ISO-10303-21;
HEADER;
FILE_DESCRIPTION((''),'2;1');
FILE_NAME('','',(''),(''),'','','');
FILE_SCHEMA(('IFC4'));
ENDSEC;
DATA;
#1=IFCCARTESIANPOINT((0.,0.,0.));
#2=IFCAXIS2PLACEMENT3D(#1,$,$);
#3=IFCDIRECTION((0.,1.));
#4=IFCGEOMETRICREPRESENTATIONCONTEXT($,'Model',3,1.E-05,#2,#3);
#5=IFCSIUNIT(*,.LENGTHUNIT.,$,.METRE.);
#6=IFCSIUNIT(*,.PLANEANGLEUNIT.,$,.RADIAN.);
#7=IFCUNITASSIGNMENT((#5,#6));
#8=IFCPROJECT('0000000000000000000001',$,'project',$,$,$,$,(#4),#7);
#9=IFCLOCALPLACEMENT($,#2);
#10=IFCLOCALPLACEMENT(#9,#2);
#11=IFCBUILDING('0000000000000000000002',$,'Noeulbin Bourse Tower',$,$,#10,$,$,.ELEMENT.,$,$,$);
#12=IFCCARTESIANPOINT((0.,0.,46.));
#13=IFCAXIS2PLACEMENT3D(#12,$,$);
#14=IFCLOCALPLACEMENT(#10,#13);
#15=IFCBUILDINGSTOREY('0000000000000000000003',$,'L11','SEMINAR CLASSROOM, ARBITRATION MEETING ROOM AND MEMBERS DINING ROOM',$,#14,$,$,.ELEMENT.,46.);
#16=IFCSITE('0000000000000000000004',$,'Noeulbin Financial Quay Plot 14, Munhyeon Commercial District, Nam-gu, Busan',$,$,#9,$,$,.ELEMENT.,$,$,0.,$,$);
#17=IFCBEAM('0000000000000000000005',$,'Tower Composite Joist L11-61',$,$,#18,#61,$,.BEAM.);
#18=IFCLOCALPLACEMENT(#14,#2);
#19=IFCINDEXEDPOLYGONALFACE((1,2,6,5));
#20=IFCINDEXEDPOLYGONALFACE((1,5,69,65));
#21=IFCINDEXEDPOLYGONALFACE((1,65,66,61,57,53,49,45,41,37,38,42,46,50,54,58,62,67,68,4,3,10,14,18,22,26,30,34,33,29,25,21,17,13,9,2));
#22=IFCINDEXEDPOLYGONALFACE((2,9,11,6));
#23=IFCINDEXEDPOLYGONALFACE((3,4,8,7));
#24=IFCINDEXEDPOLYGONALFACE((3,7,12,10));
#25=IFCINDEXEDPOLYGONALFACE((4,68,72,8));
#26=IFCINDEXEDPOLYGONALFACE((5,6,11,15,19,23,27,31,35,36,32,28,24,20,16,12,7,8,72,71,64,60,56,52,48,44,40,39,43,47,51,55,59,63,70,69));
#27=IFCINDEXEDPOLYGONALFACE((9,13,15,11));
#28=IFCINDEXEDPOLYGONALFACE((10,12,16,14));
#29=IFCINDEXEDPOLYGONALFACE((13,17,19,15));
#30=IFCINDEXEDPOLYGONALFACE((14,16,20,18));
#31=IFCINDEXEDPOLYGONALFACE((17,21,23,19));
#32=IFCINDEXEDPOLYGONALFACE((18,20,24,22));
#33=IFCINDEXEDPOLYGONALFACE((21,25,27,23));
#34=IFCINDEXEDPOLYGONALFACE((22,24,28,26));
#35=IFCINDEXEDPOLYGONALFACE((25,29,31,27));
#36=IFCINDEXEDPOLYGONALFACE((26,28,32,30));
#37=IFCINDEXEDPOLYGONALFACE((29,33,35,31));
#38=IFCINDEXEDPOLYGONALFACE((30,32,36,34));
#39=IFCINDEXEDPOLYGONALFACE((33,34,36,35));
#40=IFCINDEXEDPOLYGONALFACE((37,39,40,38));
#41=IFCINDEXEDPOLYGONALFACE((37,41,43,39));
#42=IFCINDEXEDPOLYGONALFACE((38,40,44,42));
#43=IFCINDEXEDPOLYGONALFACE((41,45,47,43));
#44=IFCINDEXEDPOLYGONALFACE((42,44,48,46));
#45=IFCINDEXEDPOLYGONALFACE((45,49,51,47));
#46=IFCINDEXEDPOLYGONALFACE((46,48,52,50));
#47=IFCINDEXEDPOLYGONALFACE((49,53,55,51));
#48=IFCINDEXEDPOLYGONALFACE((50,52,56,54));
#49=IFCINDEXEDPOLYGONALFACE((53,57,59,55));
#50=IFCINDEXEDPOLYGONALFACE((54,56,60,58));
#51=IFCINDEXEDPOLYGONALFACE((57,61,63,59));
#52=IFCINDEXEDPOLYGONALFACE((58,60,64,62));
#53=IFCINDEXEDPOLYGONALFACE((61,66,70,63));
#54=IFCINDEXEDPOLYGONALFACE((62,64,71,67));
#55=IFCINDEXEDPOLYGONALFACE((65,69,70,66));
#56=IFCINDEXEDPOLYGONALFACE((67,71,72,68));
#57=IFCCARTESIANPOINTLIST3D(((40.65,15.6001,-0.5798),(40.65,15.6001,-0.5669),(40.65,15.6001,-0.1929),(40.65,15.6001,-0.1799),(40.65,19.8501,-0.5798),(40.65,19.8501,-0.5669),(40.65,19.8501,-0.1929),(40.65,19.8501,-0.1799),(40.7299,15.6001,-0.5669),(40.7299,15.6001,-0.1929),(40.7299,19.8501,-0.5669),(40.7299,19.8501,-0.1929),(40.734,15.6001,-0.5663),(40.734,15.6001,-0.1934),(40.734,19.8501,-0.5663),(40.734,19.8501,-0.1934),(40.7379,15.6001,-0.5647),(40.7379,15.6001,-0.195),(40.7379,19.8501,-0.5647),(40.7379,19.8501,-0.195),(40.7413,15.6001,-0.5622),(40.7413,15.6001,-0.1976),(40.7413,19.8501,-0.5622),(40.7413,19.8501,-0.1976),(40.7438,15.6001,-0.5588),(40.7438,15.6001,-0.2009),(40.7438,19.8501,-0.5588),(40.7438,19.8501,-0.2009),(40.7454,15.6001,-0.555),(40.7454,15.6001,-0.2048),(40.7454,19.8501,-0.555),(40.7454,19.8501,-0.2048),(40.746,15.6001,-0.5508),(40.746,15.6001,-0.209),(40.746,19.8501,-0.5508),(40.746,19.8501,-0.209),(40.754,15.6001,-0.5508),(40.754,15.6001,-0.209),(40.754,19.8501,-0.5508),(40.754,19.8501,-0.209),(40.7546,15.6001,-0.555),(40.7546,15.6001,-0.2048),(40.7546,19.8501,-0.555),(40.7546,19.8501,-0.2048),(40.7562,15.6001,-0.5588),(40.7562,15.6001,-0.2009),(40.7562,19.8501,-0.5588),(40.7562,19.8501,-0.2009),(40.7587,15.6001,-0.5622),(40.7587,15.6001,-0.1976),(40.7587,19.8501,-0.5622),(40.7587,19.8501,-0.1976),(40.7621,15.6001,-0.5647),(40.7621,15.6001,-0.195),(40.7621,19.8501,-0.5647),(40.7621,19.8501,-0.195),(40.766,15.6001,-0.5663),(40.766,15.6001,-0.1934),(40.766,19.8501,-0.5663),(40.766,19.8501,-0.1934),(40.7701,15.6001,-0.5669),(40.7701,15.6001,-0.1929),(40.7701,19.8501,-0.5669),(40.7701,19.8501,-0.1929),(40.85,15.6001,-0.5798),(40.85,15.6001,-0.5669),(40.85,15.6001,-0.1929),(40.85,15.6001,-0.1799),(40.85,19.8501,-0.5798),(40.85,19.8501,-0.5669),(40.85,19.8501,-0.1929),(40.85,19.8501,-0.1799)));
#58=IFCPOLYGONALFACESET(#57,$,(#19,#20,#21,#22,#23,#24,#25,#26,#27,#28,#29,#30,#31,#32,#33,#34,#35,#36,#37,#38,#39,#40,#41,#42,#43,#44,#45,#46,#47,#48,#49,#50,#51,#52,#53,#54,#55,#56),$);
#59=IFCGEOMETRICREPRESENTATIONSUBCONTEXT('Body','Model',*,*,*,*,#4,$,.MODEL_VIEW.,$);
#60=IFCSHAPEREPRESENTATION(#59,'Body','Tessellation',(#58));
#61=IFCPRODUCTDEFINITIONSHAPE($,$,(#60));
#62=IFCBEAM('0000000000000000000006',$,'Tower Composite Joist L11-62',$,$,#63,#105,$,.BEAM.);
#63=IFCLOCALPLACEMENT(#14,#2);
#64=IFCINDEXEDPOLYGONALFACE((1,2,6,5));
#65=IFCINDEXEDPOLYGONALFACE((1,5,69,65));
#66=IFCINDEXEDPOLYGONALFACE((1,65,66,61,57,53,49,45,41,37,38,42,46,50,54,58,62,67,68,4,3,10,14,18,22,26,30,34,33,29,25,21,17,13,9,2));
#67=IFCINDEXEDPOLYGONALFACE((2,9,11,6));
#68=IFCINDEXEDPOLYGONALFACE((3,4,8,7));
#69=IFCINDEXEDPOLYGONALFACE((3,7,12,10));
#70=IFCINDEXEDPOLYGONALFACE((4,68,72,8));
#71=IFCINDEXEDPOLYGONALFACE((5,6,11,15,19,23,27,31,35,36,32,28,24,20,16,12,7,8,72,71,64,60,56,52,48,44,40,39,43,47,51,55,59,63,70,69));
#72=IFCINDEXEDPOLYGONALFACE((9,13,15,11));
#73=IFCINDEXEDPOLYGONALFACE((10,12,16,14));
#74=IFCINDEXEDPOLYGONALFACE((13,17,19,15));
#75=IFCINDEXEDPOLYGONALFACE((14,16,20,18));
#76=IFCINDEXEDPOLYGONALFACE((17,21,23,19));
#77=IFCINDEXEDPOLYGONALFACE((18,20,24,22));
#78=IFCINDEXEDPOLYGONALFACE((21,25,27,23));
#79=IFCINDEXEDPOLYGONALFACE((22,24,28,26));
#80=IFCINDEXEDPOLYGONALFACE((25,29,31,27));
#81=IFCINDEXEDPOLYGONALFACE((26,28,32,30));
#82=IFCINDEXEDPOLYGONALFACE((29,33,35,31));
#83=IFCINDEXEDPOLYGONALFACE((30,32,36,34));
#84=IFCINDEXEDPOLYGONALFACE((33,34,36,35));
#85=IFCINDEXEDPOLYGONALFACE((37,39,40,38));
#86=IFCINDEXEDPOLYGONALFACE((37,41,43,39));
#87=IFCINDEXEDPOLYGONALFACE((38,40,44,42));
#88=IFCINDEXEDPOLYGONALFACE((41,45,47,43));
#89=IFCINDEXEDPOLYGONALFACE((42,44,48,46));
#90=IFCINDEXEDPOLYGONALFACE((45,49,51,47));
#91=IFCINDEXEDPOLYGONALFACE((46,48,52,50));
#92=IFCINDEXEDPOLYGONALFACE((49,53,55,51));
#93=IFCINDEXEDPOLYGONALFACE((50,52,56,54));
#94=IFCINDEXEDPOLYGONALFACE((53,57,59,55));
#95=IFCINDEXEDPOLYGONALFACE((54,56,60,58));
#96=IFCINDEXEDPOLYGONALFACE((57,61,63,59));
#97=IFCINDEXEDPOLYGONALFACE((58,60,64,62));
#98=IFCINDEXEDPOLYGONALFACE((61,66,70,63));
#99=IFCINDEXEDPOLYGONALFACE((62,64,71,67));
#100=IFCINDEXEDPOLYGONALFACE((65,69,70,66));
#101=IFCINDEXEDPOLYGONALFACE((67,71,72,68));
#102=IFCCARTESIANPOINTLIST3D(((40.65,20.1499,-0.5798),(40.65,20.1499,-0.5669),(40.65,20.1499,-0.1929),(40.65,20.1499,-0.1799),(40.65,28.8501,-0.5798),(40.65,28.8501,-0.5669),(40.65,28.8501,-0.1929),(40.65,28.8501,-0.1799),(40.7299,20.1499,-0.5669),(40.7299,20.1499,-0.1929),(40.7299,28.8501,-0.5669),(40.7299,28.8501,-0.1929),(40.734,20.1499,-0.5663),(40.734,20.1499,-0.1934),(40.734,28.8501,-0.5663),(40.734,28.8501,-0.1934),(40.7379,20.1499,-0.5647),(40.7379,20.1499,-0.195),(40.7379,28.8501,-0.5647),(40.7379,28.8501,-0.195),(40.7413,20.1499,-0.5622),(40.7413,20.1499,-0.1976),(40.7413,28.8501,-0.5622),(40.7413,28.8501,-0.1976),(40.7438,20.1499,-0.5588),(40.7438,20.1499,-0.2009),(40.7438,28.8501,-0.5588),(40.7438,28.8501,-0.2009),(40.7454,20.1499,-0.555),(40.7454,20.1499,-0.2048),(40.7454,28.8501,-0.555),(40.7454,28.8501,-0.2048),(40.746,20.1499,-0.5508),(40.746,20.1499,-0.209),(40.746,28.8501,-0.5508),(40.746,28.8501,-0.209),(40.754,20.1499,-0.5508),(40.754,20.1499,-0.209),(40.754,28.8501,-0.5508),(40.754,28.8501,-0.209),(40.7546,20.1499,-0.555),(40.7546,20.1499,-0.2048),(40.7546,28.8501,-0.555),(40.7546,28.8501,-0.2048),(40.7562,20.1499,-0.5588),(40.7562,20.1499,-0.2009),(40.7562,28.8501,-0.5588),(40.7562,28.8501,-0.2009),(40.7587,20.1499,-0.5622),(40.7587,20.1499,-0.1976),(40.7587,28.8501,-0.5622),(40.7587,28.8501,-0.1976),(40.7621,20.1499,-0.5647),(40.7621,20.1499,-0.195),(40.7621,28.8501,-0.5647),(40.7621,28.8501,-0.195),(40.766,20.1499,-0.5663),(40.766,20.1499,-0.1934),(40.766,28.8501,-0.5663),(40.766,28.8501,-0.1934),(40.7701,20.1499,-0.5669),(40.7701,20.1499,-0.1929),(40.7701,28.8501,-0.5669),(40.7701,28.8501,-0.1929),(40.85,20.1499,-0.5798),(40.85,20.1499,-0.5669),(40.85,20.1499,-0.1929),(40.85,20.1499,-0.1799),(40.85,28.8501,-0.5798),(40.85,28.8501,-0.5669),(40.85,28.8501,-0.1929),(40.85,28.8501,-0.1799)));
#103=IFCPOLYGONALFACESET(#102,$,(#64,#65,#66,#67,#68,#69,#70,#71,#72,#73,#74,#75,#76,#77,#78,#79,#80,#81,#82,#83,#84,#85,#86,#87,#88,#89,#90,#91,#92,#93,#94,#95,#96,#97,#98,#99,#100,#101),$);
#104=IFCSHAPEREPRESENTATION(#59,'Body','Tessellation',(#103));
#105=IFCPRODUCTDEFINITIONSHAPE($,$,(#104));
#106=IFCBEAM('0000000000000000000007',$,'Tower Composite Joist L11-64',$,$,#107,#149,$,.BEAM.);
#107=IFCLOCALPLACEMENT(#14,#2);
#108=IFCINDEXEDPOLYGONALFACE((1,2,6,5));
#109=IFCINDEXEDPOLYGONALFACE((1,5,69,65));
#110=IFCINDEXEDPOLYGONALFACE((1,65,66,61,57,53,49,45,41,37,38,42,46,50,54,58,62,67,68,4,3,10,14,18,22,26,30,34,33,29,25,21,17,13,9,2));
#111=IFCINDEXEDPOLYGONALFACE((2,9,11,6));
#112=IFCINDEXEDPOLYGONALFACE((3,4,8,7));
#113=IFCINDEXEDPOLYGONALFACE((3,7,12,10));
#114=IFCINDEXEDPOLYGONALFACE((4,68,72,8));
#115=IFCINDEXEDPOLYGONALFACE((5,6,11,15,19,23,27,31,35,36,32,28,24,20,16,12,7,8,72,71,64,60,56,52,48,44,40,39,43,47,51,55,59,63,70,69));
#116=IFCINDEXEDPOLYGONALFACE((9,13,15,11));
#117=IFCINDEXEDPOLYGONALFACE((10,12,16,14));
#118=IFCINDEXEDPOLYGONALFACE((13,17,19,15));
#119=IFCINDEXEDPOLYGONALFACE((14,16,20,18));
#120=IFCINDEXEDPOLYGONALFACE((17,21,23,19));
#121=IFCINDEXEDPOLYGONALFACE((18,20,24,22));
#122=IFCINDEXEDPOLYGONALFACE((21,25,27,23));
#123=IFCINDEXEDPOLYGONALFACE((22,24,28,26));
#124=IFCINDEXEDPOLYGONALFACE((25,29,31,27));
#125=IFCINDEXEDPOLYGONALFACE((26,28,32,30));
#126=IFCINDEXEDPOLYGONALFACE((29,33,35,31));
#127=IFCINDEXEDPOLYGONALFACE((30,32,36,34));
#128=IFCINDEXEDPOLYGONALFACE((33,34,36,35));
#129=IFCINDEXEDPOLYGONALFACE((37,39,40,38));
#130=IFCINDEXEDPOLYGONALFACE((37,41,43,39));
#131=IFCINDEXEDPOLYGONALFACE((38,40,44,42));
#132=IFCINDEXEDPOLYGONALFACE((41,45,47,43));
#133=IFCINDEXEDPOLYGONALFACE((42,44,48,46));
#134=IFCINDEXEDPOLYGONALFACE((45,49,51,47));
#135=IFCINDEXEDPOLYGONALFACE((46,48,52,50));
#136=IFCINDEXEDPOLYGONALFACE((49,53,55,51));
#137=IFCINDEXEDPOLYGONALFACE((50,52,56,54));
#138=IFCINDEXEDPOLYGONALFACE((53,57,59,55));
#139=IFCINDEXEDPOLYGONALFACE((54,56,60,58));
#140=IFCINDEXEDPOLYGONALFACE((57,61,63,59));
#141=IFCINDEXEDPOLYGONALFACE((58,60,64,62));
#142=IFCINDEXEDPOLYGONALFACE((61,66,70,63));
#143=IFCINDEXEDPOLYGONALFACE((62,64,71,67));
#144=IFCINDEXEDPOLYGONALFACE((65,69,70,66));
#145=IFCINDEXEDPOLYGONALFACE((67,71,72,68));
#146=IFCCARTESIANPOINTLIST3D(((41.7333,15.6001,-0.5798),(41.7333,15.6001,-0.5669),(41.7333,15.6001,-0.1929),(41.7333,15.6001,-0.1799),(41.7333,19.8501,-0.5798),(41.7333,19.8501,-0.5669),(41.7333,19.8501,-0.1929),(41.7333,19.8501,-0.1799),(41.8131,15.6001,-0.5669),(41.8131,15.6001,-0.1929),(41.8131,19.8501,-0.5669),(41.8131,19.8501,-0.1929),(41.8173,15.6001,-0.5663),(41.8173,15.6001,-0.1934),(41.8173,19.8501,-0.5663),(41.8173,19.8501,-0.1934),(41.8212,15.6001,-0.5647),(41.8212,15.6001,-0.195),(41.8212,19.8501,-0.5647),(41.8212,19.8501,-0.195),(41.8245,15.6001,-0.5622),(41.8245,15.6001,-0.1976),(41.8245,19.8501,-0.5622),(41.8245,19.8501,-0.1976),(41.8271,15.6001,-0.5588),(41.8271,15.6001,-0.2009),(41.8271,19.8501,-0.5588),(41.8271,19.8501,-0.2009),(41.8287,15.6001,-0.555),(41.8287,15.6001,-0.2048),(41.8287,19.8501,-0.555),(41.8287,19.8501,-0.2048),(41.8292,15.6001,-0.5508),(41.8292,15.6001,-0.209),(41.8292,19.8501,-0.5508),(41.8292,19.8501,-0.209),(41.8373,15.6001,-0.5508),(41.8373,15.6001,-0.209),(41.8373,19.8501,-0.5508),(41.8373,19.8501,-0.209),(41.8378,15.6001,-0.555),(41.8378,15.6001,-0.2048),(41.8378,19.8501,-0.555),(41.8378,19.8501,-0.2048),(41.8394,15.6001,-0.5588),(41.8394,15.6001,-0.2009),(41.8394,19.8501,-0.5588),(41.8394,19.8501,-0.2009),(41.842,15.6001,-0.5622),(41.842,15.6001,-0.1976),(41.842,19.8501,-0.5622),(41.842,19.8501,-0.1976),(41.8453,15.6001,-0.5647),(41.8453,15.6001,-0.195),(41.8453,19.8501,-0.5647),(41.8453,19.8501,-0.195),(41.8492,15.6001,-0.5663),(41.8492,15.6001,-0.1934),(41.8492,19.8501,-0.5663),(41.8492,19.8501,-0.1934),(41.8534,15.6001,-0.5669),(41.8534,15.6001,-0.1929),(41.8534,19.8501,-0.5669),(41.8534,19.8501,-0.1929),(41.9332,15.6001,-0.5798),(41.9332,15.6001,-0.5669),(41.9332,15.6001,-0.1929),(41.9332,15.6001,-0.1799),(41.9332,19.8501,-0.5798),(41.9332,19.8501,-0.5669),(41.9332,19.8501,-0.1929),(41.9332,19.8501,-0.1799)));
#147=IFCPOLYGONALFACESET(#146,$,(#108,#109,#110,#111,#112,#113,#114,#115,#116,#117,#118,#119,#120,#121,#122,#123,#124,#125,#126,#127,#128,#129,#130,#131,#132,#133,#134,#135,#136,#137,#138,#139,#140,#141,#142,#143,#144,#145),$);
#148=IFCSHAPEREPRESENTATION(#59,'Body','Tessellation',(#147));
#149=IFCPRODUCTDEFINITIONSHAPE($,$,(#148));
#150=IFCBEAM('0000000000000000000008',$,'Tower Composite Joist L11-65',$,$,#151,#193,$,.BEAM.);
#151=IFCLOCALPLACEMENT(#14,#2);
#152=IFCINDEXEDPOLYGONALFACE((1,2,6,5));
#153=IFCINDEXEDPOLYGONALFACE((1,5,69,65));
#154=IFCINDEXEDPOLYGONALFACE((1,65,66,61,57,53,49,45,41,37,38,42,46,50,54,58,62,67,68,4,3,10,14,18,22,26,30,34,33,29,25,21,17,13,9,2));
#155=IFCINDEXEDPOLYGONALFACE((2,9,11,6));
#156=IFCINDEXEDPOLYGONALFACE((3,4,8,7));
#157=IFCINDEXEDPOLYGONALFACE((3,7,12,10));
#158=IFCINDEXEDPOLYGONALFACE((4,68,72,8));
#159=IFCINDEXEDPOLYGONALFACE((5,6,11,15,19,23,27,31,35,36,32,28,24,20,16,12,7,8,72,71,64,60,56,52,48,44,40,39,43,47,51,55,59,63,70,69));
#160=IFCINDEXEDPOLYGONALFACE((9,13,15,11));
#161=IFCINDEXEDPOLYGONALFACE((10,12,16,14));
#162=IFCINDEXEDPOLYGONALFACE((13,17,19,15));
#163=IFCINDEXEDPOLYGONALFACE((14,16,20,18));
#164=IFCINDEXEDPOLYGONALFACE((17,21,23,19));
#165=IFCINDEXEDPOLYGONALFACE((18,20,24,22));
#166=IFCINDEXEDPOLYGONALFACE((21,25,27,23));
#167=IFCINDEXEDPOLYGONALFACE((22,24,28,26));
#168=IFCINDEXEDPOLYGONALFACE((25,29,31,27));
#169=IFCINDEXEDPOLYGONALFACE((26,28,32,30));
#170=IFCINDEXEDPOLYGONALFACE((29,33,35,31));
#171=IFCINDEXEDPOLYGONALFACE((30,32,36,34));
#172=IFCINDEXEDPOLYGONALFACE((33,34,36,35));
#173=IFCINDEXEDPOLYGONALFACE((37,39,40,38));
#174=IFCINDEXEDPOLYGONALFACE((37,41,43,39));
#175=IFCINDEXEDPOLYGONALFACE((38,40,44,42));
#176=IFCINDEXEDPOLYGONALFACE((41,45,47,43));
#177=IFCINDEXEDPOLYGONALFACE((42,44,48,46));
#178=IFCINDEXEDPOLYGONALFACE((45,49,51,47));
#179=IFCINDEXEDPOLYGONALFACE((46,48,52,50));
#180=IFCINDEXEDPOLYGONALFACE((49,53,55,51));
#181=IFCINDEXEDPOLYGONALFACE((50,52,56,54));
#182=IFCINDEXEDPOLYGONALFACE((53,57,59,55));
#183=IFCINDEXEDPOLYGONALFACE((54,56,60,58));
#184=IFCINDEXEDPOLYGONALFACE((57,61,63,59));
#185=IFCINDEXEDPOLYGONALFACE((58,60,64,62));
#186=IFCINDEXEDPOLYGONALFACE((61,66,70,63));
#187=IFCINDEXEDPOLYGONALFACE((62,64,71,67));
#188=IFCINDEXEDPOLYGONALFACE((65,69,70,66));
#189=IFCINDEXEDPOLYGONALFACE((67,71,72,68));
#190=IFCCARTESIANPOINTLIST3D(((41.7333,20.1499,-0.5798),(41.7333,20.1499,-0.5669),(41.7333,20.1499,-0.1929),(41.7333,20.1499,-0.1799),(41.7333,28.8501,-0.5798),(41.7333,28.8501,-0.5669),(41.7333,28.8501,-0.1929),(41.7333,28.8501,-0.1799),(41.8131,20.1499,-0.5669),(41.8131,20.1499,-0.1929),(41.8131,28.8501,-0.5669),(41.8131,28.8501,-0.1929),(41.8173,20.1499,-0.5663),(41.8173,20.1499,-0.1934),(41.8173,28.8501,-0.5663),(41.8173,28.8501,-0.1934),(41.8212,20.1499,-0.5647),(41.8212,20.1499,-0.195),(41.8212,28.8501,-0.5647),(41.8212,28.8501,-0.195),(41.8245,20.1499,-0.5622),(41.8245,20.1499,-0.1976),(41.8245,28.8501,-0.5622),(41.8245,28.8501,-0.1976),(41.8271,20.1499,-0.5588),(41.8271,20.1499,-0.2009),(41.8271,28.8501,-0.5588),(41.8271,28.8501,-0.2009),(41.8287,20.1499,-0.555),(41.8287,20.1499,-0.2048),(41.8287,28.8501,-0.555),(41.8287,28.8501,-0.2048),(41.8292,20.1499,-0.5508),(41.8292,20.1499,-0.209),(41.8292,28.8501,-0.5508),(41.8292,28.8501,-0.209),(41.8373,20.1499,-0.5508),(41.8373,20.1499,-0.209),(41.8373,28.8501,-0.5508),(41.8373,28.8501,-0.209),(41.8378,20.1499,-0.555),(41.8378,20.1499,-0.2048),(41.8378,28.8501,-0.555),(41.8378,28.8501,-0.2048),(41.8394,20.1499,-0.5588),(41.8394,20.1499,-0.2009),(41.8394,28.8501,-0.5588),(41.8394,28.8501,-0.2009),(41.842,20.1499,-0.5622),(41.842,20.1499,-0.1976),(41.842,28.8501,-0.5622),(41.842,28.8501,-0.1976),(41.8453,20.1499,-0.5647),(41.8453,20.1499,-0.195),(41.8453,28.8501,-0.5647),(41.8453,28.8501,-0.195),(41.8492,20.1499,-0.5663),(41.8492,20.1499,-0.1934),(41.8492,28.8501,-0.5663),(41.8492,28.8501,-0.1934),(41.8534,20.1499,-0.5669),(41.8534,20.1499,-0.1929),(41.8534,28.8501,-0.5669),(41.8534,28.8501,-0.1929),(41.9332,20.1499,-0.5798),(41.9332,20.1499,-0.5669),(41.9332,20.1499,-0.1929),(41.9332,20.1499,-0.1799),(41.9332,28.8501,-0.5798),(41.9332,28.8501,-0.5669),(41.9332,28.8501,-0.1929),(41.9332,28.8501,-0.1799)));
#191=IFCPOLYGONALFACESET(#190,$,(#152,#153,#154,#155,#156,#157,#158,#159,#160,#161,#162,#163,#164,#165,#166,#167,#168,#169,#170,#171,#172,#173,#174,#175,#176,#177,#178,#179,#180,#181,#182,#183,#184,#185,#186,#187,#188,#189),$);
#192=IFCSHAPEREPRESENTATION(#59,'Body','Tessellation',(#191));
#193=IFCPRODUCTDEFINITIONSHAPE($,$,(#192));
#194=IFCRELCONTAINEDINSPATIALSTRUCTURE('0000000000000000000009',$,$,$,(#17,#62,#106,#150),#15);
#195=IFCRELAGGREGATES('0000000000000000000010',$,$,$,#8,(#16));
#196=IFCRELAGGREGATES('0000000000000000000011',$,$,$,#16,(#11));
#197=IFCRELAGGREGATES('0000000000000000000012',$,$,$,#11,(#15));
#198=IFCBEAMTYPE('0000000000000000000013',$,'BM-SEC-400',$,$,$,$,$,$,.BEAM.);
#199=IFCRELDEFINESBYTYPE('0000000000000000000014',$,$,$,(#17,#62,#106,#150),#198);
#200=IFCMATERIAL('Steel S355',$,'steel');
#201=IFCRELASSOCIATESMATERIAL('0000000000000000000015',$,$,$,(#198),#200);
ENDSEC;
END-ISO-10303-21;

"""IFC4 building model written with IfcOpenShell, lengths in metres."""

from ifc_helpers import new_model, si_unit, direction, frame, origin, origin_2d, place, context, subcontext, project, spatial, i_section, extrude, material, material_profile, profile_set, type_object, element, save


model = new_model("IFC4")

# Units and contexts
model_context = context("Model", 3, precision=1e-05, world=origin(), true_north=direction((0.0, 1.0)))
body_context = subcontext(model_context, "Body", "Model", "MODEL_VIEW")
ifc_project = project(units=[si_unit("LENGTHUNIT", "METRE"), si_unit("PLANEANGLEUNIT", "RADIAN")], contexts=[model_context])

# Site, building, storey
site_placement = place(None, origin())
site = spatial("IfcSite", under=ifc_project, at=site_placement, Name="Noeulbin Financial Quay Plot 14, Munhyeon Commercial District, Nam-gu, Busan", CompositionType="ELEMENT", RefElevation=0.0)
building_placement = place(site_placement, origin())
building = spatial("IfcBuilding", under=site, at=building_placement, Name="Noeulbin Bourse Tower", CompositionType="ELEMENT")
storey_placement = place(building_placement, frame((0.0, 0.0, 46.0)))
storey = spatial("IfcBuildingStorey", under=building, at=storey_placement, Name="L11", Description="SEMINAR CLASSROOM, ARBITRATION MEETING ROOM AND MEMBERS DINING ROOM", CompositionType="ELEMENT", Elevation=46.0)

# Beams
ifc_material_1 = material(Name="Steel S355", Category="steel")
ifc_material_profile_1 = material_profile(ifc_material_1, i_section(OverallWidth=0.2, OverallDepth=0.3999, WebThickness=0.0081, FlangeThickness=0.0129, FilletRadius=0.0161, at=origin_2d()), Name="H-400x200x8x13", Category="LoadBearing")
ifc_profile_set_1 = profile_set([ifc_material_profile_1], Name="Steel S355")
beam_type_1 = type_object("IfcBeamType", Name="BM-SEC-400", PredefinedType="BEAM", material=ifc_profile_set_1)
beam_1_placement = place(storey_placement, frame((40.75, 15.6001, -0.3799), z_axis=(0.0, 1.0, 0.0), x_axis=(-1.0, 0.0, 0.0)))
element("IfcBeam", 1, at=beam_1_placement, inside=storey, type_object=beam_type_1, Name="Tower Composite Joist L11-61", PredefinedType="BEAM", context=body_context, shape_type="SweptSolid", body=[
    extrude(i_section(OverallWidth=0.2, OverallDepth=0.3999, WebThickness=0.0081, FlangeThickness=0.0129, FilletRadius=0.0161, at=origin_2d()), origin(), (0.0, 0.0, 1.0), 4.25),
])
beam_2_placement = place(storey_placement, frame((40.75, 20.1499, -0.3799), z_axis=(0.0, 1.0, 0.0), x_axis=(-1.0, 0.0, 0.0)))
element("IfcBeam", 2, at=beam_2_placement, inside=storey, type_object=beam_type_1, Name="Tower Composite Joist L11-62", PredefinedType="BEAM", context=body_context, shape_type="SweptSolid", body=[
    extrude(i_section(OverallWidth=0.2, OverallDepth=0.3999, WebThickness=0.0081, FlangeThickness=0.0129, FilletRadius=0.0161, at=origin_2d()), origin(), (0.0, 0.0, 1.0), 8.7002),
])
beam_3_placement = place(storey_placement, frame((41.8333, 15.6001, -0.3799), z_axis=(0.0, 1.0, 0.0), x_axis=(-1.0, 0.0, 0.0)))
element("IfcBeam", 3, at=beam_3_placement, inside=storey, type_object=beam_type_1, Name="Tower Composite Joist L11-64", PredefinedType="BEAM", context=body_context, shape_type="SweptSolid", body=[
    extrude(i_section(OverallWidth=0.2, OverallDepth=0.3999, WebThickness=0.0081, FlangeThickness=0.0129, FilletRadius=0.0161, at=origin_2d()), origin(), (0.0, 0.0, 1.0), 4.25),
])
beam_4_placement = place(storey_placement, frame((41.8333, 20.1499, -0.3799), z_axis=(0.0, 1.0, 0.0), x_axis=(-1.0, 0.0, 0.0)))
element("IfcBeam", 4, at=beam_4_placement, inside=storey, type_object=beam_type_1, Name="Tower Composite Joist L11-65", PredefinedType="BEAM", context=body_context, shape_type="SweptSolid", body=[
    extrude(i_section(OverallWidth=0.2, OverallDepth=0.3999, WebThickness=0.0081, FlangeThickness=0.0129, FilletRadius=0.0161, at=origin_2d()), origin(), (0.0, 0.0, 1.0), 8.7002),
])

save(model, "model.ifc")
